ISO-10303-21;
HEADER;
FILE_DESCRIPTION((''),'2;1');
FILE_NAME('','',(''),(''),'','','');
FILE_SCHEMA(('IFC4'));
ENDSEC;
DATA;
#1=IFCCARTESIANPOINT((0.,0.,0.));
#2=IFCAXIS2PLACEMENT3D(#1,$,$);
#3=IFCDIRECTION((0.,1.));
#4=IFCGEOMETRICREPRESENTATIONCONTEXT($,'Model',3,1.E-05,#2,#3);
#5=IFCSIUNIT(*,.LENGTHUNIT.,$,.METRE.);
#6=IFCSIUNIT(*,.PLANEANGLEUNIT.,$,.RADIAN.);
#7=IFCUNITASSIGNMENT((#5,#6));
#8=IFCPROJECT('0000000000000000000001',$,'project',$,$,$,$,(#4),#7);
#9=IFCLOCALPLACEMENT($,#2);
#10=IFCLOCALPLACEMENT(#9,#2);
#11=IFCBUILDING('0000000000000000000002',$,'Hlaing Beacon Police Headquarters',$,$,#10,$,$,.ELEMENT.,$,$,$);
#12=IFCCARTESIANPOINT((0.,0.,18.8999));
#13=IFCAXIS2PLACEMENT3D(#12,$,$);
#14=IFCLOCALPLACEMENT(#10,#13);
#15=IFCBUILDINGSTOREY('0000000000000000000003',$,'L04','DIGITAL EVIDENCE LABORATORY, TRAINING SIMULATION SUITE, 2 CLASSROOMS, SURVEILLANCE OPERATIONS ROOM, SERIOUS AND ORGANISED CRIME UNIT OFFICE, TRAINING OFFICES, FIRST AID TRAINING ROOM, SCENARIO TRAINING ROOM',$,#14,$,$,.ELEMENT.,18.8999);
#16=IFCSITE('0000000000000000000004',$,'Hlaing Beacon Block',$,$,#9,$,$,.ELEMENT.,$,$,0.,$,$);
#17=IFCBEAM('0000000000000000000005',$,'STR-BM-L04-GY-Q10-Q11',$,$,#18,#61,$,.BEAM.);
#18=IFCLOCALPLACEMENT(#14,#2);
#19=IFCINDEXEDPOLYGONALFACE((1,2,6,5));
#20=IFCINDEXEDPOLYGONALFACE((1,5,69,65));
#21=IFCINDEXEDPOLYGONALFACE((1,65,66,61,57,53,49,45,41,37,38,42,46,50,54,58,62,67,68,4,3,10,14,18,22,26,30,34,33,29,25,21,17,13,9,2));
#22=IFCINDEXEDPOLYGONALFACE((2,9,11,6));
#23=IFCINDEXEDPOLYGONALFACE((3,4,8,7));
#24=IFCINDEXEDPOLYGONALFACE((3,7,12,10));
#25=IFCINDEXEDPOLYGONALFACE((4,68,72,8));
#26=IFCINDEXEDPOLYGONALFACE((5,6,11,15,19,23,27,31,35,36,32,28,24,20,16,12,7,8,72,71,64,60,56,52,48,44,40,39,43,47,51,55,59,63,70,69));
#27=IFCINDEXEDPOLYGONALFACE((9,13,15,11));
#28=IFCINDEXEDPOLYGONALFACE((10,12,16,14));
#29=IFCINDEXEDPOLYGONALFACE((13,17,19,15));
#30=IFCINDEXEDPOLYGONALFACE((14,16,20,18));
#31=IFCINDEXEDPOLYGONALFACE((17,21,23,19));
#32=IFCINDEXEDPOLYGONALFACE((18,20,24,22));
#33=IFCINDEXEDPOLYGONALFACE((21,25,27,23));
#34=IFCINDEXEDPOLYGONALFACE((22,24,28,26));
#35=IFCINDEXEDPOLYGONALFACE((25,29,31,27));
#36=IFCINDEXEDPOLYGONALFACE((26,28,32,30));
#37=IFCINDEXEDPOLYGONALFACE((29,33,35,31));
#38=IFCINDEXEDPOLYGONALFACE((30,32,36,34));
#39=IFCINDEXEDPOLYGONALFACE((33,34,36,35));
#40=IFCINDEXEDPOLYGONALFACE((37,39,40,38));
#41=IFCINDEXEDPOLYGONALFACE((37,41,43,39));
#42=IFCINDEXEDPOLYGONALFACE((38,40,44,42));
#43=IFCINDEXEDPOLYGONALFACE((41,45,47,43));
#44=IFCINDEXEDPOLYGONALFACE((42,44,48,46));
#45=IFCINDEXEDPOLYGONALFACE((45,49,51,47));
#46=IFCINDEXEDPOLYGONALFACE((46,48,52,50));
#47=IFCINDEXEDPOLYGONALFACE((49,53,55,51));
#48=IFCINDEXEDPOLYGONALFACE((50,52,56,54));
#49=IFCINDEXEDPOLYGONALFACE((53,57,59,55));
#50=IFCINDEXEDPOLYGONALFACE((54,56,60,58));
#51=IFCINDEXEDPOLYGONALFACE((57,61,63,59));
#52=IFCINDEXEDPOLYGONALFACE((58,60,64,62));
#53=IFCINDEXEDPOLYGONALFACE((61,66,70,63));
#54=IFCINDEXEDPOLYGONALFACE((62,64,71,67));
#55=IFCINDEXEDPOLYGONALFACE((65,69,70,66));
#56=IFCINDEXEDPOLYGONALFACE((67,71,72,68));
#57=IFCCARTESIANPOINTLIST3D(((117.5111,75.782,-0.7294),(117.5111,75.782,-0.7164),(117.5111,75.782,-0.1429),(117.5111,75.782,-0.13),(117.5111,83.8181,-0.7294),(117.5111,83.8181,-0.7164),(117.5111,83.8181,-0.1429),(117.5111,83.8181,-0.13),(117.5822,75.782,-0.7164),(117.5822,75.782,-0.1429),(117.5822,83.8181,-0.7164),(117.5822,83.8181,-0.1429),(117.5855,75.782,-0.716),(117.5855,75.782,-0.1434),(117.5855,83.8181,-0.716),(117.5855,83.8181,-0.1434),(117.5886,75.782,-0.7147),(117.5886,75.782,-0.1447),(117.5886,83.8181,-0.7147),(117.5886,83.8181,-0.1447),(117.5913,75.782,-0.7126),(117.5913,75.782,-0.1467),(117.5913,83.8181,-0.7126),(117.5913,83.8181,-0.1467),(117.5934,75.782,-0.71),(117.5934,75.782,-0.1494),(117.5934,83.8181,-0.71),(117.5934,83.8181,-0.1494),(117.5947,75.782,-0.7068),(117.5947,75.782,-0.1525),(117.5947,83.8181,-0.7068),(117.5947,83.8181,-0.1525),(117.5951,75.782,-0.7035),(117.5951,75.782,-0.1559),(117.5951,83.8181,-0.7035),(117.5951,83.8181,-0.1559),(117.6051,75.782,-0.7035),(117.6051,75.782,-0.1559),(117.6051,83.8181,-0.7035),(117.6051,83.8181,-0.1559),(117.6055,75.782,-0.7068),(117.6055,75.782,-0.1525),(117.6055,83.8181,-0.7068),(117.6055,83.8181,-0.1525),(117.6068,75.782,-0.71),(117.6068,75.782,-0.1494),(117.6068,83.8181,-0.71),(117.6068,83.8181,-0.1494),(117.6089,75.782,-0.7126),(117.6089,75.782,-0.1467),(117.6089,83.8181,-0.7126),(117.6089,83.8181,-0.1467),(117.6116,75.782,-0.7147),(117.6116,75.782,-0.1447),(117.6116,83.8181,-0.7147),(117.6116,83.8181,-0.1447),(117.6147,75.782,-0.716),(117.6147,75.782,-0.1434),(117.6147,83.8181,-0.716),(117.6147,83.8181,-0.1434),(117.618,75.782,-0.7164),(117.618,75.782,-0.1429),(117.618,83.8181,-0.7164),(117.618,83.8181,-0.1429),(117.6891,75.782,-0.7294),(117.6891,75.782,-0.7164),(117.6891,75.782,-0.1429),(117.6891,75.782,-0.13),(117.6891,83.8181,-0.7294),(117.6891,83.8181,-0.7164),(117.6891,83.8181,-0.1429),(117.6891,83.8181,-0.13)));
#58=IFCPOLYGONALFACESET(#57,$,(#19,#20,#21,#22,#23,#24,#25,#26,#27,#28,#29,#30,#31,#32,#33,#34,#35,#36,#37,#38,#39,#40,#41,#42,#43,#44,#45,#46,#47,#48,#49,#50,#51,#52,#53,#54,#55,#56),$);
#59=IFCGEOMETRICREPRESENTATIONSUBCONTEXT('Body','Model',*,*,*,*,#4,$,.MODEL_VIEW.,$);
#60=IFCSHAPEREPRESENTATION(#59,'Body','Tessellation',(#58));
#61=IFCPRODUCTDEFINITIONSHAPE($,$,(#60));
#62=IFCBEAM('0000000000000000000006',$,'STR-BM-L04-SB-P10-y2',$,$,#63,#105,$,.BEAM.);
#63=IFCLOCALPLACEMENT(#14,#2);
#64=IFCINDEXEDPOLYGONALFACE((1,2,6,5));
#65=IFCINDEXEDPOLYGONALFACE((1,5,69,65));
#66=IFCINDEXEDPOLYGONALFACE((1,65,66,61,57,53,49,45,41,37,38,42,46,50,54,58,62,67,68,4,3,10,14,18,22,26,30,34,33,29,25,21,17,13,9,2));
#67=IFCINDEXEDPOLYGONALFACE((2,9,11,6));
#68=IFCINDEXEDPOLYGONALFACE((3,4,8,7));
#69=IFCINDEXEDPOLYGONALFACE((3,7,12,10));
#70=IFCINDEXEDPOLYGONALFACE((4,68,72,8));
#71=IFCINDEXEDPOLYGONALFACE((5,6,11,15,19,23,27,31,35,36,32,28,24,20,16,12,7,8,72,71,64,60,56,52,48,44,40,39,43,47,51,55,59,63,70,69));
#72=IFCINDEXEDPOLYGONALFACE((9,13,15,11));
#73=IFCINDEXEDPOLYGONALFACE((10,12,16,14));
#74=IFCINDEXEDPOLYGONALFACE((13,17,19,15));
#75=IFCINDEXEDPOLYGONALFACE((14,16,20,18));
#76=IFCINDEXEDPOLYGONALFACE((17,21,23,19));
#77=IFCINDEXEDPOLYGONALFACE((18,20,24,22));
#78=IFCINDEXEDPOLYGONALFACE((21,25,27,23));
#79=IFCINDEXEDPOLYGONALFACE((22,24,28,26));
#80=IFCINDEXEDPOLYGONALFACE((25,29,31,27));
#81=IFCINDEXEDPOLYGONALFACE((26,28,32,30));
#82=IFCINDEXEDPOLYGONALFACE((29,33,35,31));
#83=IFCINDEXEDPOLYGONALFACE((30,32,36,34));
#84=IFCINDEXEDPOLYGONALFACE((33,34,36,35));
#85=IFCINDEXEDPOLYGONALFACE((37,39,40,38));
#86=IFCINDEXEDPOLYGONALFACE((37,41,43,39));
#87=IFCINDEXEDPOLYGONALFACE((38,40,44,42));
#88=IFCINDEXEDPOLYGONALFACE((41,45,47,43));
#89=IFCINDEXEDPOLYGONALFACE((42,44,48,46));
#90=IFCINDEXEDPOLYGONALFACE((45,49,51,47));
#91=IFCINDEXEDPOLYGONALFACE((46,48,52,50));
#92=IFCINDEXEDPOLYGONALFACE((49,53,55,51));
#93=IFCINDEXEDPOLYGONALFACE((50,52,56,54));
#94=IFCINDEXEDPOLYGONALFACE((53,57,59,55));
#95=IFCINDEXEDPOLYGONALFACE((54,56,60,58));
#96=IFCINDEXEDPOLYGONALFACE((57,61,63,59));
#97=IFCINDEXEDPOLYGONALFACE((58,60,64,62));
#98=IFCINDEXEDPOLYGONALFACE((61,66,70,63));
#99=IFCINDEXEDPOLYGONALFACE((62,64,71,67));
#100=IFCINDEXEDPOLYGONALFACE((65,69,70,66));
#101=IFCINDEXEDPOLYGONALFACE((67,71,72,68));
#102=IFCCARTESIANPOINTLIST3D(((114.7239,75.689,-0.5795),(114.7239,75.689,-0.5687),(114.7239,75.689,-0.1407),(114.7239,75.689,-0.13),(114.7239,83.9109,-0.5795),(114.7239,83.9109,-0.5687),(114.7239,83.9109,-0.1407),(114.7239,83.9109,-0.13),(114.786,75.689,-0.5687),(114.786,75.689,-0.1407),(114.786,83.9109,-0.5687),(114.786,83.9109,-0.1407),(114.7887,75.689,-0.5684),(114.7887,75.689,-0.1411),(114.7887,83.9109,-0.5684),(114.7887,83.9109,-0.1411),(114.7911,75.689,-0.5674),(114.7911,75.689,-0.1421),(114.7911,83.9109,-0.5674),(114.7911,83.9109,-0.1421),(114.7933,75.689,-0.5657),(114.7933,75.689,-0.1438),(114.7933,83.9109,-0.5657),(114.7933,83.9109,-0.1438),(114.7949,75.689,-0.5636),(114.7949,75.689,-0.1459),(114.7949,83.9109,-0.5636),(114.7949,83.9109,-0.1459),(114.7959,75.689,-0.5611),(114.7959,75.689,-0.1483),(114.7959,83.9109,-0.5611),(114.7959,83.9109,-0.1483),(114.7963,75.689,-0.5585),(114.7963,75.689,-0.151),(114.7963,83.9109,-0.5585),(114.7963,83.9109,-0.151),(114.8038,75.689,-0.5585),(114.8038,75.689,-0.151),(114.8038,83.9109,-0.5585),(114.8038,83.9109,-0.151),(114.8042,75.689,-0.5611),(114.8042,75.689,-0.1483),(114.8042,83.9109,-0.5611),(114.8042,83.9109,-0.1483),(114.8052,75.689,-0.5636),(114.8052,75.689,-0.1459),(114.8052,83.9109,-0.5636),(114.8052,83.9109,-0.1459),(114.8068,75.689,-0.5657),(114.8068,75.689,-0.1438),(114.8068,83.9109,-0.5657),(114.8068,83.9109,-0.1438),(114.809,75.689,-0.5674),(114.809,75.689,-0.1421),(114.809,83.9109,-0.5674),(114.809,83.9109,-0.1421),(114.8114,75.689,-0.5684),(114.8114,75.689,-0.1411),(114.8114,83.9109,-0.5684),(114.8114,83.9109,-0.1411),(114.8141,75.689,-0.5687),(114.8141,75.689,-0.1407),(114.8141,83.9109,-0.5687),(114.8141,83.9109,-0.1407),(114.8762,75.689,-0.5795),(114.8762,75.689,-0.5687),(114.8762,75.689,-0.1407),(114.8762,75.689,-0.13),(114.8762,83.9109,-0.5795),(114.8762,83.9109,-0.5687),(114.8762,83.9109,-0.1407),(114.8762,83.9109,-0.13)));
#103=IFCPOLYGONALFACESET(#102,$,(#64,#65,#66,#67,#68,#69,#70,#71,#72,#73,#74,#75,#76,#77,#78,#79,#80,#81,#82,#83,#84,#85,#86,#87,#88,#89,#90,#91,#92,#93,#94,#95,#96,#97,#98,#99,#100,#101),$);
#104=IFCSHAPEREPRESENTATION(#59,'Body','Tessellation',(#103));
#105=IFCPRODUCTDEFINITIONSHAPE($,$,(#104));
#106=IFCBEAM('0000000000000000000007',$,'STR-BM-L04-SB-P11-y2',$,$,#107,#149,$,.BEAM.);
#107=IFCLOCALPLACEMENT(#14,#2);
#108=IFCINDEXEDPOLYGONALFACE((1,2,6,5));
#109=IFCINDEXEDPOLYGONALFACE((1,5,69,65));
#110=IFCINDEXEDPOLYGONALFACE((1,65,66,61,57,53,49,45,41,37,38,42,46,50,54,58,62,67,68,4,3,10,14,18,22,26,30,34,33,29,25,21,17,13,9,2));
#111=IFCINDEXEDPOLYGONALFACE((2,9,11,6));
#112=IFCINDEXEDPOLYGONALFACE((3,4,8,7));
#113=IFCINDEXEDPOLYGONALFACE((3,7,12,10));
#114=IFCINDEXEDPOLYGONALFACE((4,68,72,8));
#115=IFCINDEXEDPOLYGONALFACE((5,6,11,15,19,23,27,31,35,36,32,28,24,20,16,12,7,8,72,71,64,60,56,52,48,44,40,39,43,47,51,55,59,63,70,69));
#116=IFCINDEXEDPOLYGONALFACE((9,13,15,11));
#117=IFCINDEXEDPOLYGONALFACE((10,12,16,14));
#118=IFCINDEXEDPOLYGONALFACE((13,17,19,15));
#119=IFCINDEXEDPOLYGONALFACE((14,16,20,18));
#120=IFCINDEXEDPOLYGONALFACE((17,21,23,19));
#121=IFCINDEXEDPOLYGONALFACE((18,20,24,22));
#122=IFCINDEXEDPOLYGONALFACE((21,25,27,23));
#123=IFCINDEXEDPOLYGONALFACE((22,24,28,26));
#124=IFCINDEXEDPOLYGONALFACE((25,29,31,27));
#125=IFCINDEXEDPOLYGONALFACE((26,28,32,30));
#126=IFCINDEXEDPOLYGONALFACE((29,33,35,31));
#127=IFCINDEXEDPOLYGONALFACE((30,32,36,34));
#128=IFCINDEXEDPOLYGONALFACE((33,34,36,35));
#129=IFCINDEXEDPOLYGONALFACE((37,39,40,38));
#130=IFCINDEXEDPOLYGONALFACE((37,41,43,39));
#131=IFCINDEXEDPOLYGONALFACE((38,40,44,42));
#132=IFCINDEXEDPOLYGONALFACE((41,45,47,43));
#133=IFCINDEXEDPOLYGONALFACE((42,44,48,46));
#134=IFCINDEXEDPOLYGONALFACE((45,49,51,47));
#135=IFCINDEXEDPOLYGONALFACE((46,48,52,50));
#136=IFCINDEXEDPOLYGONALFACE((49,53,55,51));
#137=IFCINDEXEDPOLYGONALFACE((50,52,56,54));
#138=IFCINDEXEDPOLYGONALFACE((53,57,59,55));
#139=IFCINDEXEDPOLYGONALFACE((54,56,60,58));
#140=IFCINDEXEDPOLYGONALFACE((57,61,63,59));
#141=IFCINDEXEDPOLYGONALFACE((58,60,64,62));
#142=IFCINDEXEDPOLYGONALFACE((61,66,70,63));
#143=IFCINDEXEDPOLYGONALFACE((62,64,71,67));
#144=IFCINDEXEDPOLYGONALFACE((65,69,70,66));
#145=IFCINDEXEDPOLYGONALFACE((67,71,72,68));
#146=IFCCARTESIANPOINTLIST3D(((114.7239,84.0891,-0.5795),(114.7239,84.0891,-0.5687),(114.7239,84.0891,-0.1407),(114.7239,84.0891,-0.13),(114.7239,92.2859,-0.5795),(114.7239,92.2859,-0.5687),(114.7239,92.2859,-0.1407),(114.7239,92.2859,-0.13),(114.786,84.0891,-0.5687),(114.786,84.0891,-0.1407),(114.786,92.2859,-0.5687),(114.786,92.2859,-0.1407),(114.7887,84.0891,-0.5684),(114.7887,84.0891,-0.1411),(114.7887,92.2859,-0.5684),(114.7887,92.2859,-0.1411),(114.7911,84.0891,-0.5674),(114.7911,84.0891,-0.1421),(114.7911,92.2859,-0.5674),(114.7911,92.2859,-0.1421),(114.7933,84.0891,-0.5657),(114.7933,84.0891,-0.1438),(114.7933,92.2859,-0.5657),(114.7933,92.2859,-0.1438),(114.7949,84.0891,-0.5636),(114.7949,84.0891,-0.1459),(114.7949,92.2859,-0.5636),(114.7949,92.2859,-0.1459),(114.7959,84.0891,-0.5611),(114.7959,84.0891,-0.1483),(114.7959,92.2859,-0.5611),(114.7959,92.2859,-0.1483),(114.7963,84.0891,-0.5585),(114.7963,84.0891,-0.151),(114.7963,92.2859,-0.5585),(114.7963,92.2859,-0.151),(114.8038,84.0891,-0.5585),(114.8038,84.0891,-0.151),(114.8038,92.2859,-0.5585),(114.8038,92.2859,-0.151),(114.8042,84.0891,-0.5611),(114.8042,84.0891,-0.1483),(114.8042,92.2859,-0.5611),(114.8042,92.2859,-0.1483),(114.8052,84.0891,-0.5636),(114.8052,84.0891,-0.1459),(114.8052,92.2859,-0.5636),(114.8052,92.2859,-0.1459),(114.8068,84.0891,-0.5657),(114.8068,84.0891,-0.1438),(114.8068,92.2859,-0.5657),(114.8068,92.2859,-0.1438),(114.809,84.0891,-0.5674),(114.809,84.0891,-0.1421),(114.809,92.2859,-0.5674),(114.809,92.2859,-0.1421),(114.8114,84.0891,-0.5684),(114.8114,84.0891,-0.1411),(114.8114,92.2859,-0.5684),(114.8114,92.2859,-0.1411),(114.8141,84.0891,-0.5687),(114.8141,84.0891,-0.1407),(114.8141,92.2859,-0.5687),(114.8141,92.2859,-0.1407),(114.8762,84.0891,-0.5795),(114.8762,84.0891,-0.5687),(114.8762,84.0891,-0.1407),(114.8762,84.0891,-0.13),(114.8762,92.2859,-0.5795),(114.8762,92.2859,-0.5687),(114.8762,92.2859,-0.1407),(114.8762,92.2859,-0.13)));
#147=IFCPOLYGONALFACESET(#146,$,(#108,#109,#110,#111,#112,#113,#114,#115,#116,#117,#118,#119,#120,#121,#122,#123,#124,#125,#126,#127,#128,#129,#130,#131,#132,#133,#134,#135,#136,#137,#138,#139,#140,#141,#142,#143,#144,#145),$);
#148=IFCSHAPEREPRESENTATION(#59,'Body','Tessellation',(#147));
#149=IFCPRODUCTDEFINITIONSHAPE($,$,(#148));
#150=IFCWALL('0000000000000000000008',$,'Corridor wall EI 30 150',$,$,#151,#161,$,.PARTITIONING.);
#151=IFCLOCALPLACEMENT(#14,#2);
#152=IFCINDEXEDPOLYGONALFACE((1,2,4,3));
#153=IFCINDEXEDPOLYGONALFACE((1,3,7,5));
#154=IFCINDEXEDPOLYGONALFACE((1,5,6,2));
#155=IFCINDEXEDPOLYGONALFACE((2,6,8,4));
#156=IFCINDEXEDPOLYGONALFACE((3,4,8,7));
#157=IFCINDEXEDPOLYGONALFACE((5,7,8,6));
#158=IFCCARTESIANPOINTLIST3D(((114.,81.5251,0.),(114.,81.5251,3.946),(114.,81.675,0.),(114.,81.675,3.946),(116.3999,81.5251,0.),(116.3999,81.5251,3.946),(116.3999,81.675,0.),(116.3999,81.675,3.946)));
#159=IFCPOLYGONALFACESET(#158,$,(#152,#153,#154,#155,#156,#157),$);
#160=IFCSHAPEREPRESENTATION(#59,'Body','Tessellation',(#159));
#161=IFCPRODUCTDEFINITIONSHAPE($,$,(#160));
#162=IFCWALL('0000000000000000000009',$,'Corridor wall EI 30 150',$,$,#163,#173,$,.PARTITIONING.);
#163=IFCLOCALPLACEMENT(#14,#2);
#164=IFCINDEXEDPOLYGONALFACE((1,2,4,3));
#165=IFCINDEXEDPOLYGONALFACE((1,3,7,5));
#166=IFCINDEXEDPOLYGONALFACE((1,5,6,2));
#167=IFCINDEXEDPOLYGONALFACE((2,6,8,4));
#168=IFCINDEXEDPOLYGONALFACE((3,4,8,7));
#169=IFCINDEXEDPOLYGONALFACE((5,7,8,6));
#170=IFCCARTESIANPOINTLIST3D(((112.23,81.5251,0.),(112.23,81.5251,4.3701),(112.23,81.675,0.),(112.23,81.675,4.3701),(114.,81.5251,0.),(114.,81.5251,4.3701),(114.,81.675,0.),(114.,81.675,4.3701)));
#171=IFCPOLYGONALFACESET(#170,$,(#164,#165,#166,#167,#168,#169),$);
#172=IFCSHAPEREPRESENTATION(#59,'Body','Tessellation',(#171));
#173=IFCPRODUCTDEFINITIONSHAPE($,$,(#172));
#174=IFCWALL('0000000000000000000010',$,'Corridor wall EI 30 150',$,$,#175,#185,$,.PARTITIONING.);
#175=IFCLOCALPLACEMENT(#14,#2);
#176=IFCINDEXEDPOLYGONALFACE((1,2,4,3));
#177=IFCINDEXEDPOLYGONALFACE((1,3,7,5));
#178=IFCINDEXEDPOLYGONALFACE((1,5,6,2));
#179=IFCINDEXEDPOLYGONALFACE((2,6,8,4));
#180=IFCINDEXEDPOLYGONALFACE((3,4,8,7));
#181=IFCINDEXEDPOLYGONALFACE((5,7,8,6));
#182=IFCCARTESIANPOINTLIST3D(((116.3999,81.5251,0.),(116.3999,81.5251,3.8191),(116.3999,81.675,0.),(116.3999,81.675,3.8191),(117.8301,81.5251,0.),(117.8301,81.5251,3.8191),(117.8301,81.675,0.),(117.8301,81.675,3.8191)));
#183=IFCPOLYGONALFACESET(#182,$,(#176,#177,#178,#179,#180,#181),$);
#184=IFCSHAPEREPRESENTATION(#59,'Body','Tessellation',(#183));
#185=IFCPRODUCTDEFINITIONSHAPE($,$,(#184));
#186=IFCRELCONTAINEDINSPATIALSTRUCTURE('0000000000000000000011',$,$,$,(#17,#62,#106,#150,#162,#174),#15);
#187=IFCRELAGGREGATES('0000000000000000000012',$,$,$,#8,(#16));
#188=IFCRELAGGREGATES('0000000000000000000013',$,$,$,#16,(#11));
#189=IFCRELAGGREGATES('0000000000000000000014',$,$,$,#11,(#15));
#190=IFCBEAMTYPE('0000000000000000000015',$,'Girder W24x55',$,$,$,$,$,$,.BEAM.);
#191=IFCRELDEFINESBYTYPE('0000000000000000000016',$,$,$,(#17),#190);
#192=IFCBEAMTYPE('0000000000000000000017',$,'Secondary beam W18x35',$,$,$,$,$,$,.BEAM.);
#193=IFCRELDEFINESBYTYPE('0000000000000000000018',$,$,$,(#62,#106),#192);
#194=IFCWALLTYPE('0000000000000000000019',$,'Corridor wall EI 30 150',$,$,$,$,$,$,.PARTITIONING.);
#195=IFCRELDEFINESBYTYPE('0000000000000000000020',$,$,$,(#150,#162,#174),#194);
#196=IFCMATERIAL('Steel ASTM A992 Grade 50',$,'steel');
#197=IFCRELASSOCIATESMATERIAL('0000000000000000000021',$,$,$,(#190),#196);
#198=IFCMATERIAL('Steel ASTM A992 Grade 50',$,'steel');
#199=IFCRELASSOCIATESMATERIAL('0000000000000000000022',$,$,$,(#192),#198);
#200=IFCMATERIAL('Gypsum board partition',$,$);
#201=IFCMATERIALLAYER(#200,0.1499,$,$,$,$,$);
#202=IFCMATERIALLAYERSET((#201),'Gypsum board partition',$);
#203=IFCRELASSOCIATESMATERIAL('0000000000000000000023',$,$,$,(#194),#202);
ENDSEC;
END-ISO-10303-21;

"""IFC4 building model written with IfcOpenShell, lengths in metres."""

from ifc_helpers import new_model, si_unit, direction, frame, frame_2d, origin, origin_2d, place, context, subcontext, project, spatial, rectangle, i_section, extrude, material, layer, layer_set, material_profile, profile_set, type_object, element, save


model = new_model("IFC4")

# Units and contexts
model_context = context("Model", 3, precision=1e-05, world=origin(), true_north=direction((0.0, 1.0)))
body_context = subcontext(model_context, "Body", "Model", "MODEL_VIEW")
ifc_project = project(units=[si_unit("LENGTHUNIT", "METRE"), si_unit("PLANEANGLEUNIT", "RADIAN")], contexts=[model_context])

# Site, building, storey
site_placement = place(None, origin())
site = spatial("IfcSite", under=ifc_project, at=site_placement, Name="Hlaing Beacon Block", CompositionType="ELEMENT", RefElevation=0.0)
building_placement = place(site_placement, origin())
building = spatial("IfcBuilding", under=site, at=building_placement, Name="Hlaing Beacon Police Headquarters", CompositionType="ELEMENT")
storey_placement = place(building_placement, frame((0.0, 0.0, 18.8999)))
storey = spatial("IfcBuildingStorey", under=building, at=storey_placement, Name="L04", Description="DIGITAL EVIDENCE LABORATORY, TRAINING SIMULATION SUITE, 2 CLASSROOMS, SURVEILLANCE OPERATIONS ROOM, SERIOUS AND ORGANISED CRIME UNIT OFFICE, TRAINING OFFICES, FIRST AID TRAINING ROOM, SCENARIO TRAINING ROOM", CompositionType="ELEMENT", Elevation=18.8999)

# Beams
ifc_material_1 = material(Name="Steel ASTM A992 Grade 50", Category="steel")
ifc_material_profile_1 = material_profile(ifc_material_1, i_section(OverallWidth=0.178, OverallDepth=0.5994, WebThickness=0.01, FlangeThickness=0.0129, FilletRadius=0.0129, at=origin_2d()), Name="W24x55")
ifc_profile_set_1 = profile_set([ifc_material_profile_1], Name="Steel ASTM A992 Grade 50")
beam_type_1 = type_object("IfcBeamType", Name="Girder W24x55", PredefinedType="BEAM", material=ifc_profile_set_1)
beam_1_placement = place(storey_placement, frame((117.6001, 75.782, -0.4297), z_axis=(0.0, 1.0, 0.0), x_axis=(-1.0, 0.0, 0.0)))
element("IfcBeam", 1, at=beam_1_placement, inside=storey, type_object=beam_type_1, Name="STR-BM-L04-GY-Q10-Q11", PredefinedType="BEAM", context=body_context, shape_type="SweptSolid", body=[
    extrude(i_section(OverallWidth=0.178, OverallDepth=0.5994, WebThickness=0.01, FlangeThickness=0.0129, FilletRadius=0.0129, at=origin_2d()), origin(), (0.0, 0.0, 1.0), 8.0361),
])
ifc_material_2 = material(Name="Steel ASTM A992 Grade 50", Category="steel")
ifc_material_profile_2 = material_profile(ifc_material_2, i_section(OverallWidth=0.1523, OverallDepth=0.4495, WebThickness=0.0076, FlangeThickness=0.0107, FilletRadius=0.0103, at=origin_2d()), Name="W18x35")
ifc_profile_set_2 = profile_set([ifc_material_profile_2], Name="Steel ASTM A992 Grade 50")
beam_type_2 = type_object("IfcBeamType", Name="Secondary beam W18x35", PredefinedType="BEAM", material=ifc_profile_set_2)
beam_2_placement = place(storey_placement, frame((114.8, 75.689, -0.3547), z_axis=(0.0, 1.0, 0.0), x_axis=(-1.0, 0.0, 0.0)))
element("IfcBeam", 2, at=beam_2_placement, inside=storey, type_object=beam_type_2, Name="STR-BM-L04-SB-P10-y2", PredefinedType="BEAM", context=body_context, shape_type="SweptSolid", body=[
    extrude(i_section(OverallWidth=0.1523, OverallDepth=0.4495, WebThickness=0.0076, FlangeThickness=0.0107, FilletRadius=0.0103, at=origin_2d()), origin(), (0.0, 0.0, 1.0), 8.2219),
])
beam_3_placement = place(storey_placement, frame((114.8, 84.0891, -0.3547), z_axis=(0.0, 1.0, 0.0), x_axis=(-1.0, 0.0, 0.0)))
element("IfcBeam", 3, at=beam_3_placement, inside=storey, type_object=beam_type_2, Name="STR-BM-L04-SB-P11-y2", PredefinedType="BEAM", context=body_context, shape_type="SweptSolid", body=[
    extrude(i_section(OverallWidth=0.1523, OverallDepth=0.4495, WebThickness=0.0076, FlangeThickness=0.0107, FilletRadius=0.0103, at=origin_2d()), origin(), (0.0, 0.0, 1.0), 8.1968),
])

# Walls
ifc_material_3 = material(Name="Gypsum board partition")
ifc_layer_1 = layer(ifc_material_3, 0.1499)
ifc_layer_set_1 = layer_set([ifc_layer_1], Name="Gypsum board partition")
wall_type_1 = type_object("IfcWallType", Name="Corridor wall EI 30 150", PredefinedType="PARTITIONING", material=ifc_layer_set_1)
wall_1_placement = place(storey_placement, frame((114.0, 81.6001, 0.0), z_axis=(0.0, 0.0, 1.0), x_axis=(1.0, 0.0, 0.0)))
element("IfcWall", 4, at=wall_1_placement, inside=storey, type_object=wall_type_1, Name="Corridor wall EI 30 150", PredefinedType="PARTITIONING", context=body_context, shape_type="SweptSolid", body=[
    extrude(rectangle(XDim=2.3999, YDim=0.1499, at=frame_2d((1.2, 0.0))), origin(), (0.0, 0.0, 1.0), 3.946),
])
wall_2_placement = place(storey_placement, frame((112.23, 81.6001, 0.0), z_axis=(0.0, 0.0, 1.0), x_axis=(1.0, 0.0, 0.0)))
element("IfcWall", 5, at=wall_2_placement, inside=storey, type_object=wall_type_1, Name="Corridor wall EI 30 150", PredefinedType="PARTITIONING", context=body_context, shape_type="SweptSolid", body=[
    extrude(rectangle(XDim=1.77, YDim=0.1499, at=frame_2d((0.885, 0.0))), origin(), (0.0, 0.0, 1.0), 4.3701),
])
wall_3_placement = place(storey_placement, frame((116.3999, 81.6001, 0.0), z_axis=(0.0, 0.0, 1.0), x_axis=(1.0, 0.0, 0.0)))
element("IfcWall", 6, at=wall_3_placement, inside=storey, type_object=wall_type_1, Name="Corridor wall EI 30 150", PredefinedType="PARTITIONING", context=body_context, shape_type="SweptSolid", body=[
    extrude(rectangle(XDim=1.4302, YDim=0.1499, at=frame_2d((0.7151, 0.0))), origin(), (0.0, 0.0, 1.0), 3.8191),
])

save(model, "model.ifc")
